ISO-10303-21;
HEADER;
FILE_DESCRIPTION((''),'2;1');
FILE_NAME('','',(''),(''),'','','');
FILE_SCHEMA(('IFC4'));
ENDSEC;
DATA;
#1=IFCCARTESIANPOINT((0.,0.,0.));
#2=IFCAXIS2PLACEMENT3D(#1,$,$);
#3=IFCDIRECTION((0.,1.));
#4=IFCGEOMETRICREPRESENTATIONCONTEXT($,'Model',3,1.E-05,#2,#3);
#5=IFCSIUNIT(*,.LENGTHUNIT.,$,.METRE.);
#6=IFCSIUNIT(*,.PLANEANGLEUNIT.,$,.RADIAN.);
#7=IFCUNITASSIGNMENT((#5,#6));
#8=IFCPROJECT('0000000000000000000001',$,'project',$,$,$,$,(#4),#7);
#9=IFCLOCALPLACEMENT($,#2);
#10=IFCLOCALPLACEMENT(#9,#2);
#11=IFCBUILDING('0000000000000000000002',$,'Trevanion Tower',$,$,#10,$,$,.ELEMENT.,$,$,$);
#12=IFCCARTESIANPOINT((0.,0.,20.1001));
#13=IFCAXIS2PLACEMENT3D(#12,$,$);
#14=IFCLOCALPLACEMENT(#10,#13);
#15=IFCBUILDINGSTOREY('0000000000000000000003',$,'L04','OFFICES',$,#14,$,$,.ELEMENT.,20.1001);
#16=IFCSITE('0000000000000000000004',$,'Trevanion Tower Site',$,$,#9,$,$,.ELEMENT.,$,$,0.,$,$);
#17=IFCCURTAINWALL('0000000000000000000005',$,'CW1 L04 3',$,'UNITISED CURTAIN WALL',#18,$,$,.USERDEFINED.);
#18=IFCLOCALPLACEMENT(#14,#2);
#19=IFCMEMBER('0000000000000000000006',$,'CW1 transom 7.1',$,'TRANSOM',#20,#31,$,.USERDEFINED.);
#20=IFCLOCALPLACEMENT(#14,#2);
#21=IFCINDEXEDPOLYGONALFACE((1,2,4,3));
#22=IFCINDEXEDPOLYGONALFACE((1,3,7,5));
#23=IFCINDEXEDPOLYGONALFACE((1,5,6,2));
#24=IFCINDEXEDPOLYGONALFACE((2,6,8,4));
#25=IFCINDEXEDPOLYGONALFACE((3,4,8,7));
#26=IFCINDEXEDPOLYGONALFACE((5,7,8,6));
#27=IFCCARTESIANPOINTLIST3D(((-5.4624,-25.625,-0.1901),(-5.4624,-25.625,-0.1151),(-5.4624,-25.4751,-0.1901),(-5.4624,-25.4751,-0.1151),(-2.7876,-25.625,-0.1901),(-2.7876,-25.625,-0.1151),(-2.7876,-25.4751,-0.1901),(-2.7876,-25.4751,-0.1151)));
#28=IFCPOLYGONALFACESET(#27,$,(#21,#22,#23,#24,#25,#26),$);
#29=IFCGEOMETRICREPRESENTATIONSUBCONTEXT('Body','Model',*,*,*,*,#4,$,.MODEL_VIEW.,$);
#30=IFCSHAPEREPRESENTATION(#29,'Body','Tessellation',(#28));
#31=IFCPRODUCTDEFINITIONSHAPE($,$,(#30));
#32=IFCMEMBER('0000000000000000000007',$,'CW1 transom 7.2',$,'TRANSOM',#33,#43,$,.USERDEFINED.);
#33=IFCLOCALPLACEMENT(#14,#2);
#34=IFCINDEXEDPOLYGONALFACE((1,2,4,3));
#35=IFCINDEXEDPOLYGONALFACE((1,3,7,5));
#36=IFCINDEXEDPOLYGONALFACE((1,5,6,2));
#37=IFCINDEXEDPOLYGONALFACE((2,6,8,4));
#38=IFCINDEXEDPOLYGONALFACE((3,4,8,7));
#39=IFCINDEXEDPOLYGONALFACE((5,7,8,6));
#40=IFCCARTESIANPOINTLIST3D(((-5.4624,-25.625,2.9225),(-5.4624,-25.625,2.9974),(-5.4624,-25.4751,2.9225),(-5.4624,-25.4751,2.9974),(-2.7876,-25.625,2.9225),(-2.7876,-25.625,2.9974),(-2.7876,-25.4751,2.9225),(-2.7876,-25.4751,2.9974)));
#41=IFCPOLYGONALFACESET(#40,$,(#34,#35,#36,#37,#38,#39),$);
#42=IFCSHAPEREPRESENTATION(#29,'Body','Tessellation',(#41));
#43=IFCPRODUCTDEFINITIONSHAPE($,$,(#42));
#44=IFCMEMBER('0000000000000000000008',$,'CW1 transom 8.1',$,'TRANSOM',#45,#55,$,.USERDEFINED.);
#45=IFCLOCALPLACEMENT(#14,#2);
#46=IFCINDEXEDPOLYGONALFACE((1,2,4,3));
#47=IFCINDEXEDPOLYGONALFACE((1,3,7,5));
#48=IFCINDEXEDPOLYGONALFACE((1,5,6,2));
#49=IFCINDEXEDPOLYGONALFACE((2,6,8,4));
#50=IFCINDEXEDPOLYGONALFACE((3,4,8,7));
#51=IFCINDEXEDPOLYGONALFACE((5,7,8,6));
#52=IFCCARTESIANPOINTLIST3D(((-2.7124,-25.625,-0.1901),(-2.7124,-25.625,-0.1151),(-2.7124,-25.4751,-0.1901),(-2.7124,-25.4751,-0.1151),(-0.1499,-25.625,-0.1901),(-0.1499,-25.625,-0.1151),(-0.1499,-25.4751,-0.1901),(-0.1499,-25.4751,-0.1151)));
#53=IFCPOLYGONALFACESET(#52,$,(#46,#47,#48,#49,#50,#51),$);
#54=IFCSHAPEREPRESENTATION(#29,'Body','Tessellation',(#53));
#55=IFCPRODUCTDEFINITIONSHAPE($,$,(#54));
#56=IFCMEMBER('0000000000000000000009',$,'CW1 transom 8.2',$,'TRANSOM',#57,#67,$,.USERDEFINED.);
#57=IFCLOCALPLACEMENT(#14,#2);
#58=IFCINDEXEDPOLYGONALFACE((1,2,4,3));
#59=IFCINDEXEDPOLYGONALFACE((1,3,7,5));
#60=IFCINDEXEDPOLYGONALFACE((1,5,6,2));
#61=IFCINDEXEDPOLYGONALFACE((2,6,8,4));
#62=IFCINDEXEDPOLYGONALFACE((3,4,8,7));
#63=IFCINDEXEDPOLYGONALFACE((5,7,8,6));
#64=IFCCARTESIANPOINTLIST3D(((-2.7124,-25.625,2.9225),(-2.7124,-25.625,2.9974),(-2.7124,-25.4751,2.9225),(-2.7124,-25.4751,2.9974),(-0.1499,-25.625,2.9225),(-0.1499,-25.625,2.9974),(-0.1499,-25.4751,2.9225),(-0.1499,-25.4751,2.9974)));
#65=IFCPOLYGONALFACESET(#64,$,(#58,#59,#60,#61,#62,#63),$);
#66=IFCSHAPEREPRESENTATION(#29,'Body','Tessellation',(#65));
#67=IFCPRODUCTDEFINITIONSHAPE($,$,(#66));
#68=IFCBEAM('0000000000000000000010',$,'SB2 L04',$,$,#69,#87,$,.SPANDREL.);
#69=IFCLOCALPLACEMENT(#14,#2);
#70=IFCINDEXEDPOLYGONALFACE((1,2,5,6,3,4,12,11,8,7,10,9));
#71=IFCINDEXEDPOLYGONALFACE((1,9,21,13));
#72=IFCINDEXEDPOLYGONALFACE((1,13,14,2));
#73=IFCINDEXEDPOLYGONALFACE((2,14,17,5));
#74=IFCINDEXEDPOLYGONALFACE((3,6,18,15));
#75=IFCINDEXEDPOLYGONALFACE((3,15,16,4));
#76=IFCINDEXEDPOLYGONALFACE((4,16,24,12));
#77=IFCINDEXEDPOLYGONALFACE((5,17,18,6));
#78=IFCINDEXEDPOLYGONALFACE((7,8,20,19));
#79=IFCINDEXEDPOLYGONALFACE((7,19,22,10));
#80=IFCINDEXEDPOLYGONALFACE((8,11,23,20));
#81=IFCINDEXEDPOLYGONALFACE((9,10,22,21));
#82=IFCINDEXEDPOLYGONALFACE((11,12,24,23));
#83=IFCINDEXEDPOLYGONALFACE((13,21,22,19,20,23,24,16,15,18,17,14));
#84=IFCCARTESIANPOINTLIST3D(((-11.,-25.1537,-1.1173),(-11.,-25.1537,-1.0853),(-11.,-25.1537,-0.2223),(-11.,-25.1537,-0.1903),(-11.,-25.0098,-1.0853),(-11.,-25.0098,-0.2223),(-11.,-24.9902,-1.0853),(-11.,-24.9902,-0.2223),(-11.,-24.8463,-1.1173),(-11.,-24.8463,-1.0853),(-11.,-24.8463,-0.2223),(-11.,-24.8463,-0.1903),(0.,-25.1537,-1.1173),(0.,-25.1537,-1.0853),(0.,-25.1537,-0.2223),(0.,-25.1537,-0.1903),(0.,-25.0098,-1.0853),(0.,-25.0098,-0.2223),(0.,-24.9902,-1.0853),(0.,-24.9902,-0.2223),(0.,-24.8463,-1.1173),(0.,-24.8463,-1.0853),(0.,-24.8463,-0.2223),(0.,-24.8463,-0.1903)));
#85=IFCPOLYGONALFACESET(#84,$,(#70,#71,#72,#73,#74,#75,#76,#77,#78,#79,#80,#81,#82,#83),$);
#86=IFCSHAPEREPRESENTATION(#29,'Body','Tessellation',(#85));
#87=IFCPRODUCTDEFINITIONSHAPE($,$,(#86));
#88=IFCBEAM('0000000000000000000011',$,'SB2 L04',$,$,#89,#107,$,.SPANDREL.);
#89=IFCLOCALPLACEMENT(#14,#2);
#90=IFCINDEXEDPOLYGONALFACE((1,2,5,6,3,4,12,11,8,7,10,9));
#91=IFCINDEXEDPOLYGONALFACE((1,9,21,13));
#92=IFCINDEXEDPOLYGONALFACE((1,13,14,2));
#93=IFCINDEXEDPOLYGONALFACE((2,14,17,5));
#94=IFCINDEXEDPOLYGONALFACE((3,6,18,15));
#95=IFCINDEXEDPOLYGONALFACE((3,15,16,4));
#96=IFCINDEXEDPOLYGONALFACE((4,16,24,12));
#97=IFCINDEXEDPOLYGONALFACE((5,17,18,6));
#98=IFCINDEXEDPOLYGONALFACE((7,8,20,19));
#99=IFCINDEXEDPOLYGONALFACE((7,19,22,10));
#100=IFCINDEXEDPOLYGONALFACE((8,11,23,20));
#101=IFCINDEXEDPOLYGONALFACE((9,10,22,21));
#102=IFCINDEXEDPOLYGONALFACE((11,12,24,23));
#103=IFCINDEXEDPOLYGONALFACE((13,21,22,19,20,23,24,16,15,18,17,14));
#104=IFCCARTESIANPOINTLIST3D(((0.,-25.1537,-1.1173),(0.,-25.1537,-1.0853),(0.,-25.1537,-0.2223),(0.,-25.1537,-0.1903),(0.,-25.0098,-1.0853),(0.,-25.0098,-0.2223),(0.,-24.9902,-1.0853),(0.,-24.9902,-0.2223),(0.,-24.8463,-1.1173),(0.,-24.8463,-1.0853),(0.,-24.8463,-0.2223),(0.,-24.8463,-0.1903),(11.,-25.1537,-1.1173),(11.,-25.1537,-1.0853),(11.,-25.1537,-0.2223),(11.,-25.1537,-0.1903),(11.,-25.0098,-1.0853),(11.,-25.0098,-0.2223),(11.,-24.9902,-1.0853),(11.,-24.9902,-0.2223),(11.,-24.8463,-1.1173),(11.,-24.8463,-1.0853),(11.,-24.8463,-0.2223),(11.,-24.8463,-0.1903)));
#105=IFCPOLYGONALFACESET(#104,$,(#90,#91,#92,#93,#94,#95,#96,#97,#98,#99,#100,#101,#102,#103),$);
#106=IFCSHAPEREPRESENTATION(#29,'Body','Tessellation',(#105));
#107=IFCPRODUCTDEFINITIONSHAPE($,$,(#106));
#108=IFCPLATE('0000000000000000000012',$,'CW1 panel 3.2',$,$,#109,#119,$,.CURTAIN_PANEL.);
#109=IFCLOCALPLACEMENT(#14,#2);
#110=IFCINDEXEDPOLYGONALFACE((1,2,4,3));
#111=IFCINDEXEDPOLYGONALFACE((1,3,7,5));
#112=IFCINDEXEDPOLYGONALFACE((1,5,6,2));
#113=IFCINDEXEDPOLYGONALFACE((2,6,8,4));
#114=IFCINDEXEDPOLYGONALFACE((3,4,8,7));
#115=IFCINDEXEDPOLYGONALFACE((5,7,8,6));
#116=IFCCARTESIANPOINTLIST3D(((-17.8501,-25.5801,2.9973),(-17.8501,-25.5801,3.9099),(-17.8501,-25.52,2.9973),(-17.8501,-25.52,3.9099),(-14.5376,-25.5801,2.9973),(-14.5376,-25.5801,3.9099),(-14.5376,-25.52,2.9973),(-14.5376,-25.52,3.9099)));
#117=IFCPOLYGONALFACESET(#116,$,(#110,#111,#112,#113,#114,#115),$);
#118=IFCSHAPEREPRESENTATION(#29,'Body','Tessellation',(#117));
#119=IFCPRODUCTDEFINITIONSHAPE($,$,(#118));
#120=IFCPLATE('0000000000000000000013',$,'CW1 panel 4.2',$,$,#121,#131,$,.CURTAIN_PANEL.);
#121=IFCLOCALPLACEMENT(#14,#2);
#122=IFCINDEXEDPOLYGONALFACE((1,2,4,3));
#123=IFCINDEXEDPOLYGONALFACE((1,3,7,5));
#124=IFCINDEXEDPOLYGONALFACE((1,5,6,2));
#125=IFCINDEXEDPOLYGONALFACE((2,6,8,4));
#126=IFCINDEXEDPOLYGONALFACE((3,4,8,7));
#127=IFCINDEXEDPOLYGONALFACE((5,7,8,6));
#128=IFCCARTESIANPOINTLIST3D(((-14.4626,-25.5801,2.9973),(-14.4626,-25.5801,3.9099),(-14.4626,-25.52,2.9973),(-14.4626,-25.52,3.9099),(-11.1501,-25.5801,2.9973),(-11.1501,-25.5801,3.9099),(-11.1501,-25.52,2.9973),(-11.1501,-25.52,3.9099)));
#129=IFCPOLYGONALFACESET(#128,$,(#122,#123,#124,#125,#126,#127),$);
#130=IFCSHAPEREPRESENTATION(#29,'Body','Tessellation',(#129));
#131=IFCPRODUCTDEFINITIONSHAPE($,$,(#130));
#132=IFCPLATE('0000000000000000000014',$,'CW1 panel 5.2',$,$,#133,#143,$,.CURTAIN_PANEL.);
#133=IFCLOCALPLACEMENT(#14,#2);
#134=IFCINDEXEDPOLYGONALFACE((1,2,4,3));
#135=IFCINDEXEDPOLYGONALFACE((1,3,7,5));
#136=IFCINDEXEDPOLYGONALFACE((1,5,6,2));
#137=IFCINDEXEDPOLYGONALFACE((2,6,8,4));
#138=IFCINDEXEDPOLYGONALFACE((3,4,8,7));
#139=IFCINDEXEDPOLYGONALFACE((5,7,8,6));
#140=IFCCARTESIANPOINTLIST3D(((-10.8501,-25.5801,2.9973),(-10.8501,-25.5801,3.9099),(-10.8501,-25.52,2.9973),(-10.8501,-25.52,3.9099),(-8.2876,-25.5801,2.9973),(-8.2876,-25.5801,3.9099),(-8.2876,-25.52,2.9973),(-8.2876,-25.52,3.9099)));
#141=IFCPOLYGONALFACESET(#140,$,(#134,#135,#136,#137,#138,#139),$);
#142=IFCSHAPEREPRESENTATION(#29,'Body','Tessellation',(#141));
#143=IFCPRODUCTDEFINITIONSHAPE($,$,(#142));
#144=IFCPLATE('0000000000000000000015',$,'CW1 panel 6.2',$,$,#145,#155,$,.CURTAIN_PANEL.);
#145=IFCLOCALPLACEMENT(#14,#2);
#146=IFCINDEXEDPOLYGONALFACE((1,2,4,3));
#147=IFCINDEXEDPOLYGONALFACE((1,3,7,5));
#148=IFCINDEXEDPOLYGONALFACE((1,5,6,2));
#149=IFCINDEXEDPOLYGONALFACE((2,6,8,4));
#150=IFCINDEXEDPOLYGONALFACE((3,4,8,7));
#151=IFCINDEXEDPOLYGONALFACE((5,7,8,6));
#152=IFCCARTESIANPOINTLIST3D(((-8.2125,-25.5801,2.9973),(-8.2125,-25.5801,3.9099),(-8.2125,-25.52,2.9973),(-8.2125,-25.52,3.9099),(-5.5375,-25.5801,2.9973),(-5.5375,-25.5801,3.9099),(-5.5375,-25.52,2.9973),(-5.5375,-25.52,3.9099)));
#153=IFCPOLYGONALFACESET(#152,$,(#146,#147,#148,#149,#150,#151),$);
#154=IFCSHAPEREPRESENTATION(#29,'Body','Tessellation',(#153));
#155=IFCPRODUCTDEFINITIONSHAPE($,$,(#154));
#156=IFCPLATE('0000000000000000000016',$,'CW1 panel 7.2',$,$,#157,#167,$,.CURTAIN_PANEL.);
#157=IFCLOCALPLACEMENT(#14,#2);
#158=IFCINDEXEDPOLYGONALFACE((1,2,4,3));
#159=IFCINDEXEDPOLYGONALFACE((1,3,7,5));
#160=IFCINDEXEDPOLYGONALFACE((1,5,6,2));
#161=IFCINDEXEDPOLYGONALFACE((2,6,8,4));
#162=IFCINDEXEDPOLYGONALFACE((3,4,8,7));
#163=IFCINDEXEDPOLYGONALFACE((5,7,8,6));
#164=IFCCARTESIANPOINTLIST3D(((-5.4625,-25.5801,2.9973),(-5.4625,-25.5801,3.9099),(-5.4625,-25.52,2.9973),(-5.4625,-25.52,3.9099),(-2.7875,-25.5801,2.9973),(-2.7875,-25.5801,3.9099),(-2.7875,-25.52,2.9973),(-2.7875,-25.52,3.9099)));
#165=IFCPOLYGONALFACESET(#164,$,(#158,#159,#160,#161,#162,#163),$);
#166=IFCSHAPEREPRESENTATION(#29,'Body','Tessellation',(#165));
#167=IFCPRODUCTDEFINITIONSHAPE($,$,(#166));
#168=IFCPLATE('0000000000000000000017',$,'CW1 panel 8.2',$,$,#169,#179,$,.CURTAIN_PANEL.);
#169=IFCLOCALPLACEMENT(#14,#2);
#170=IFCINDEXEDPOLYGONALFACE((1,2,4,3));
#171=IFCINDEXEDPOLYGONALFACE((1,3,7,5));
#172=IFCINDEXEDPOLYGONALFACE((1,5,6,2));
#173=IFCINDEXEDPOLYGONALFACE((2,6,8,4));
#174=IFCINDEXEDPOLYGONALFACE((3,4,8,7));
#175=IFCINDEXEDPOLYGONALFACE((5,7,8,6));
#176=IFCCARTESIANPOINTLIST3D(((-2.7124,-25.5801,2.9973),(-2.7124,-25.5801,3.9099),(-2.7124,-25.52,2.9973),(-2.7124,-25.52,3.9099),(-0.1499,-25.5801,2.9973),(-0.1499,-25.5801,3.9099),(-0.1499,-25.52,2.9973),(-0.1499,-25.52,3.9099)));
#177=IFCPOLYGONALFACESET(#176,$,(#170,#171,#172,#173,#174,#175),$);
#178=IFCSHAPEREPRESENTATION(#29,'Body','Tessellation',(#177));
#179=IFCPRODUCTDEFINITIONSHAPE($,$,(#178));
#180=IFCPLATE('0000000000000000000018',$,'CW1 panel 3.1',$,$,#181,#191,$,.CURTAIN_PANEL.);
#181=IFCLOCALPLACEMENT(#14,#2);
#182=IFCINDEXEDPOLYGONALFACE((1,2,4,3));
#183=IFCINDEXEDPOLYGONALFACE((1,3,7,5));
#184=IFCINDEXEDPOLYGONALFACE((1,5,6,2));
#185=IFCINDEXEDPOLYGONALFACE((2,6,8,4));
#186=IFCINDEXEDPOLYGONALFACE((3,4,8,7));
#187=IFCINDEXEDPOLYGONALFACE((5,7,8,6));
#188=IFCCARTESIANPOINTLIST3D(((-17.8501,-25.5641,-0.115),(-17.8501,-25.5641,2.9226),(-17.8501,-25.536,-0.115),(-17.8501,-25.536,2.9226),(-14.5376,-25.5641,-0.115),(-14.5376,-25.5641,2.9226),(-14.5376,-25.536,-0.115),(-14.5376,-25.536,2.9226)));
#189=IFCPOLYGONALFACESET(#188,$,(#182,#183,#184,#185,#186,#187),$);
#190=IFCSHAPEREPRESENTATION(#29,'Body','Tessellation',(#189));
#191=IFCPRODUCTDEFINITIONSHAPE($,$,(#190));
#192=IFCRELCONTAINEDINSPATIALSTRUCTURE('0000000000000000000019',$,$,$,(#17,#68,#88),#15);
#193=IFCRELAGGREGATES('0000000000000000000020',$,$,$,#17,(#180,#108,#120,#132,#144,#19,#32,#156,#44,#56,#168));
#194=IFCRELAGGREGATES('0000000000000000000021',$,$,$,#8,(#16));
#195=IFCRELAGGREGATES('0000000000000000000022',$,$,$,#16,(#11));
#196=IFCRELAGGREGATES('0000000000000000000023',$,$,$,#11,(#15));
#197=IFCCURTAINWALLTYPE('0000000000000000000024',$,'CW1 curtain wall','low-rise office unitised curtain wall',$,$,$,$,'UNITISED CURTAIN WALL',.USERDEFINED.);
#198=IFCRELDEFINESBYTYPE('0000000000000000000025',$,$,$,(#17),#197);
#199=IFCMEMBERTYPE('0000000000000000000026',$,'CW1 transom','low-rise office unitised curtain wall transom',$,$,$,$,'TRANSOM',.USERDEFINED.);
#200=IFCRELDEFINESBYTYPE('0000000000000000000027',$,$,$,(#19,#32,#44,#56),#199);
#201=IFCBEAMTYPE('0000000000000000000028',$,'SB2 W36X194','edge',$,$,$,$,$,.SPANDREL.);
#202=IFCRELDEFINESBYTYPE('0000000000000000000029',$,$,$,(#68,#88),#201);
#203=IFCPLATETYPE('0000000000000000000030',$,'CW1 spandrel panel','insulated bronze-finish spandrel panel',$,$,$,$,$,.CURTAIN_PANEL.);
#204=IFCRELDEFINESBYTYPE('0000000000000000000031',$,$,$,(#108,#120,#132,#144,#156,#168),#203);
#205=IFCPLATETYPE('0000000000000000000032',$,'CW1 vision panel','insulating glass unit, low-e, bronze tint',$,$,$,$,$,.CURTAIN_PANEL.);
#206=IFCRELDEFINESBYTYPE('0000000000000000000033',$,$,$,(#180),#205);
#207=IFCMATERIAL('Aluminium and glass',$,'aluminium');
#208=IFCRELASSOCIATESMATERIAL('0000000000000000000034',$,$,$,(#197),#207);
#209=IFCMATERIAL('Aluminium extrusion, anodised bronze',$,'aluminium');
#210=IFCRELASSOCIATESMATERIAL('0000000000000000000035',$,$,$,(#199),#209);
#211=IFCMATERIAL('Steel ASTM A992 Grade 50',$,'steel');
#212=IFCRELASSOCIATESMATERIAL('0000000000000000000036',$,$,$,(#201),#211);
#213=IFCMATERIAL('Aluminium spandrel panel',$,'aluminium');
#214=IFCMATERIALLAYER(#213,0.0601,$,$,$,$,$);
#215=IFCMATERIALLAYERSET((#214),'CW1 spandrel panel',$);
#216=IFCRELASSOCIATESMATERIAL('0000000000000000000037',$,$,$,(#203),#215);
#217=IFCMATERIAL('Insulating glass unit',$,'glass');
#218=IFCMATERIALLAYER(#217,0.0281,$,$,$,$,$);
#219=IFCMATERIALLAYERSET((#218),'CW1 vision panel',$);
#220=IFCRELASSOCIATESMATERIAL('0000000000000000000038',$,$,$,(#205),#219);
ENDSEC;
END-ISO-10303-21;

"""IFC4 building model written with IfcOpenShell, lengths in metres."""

from ifc_helpers import new_model, si_unit, direction, frame, origin, origin_2d, place, context, subcontext, project, spatial, rectangle, i_section, extrude, material, layer, layer_set, material_profile, profile_set, type_object, element, aggregate, save


model = new_model("IFC4")

# Units and contexts
model_context = context("Model", 3, precision=1e-05, world=origin(), true_north=direction((0.0, 1.0)))
body_context = subcontext(model_context, "Body", "Model", "MODEL_VIEW")
ifc_project = project(units=[si_unit("LENGTHUNIT", "METRE"), si_unit("PLANEANGLEUNIT", "RADIAN")], contexts=[model_context])

# Site, building, storey
site_placement = place(None, origin())
site = spatial("IfcSite", under=ifc_project, at=site_placement, Name="Trevanion Tower Site", CompositionType="ELEMENT", RefElevation=0.0)
building_placement = place(site_placement, origin())
building = spatial("IfcBuilding", under=site, at=building_placement, Name="Trevanion Tower", CompositionType="ELEMENT")
storey_placement = place(building_placement, frame((0.0, 0.0, 20.1001)))
storey = spatial("IfcBuildingStorey", under=building, at=storey_placement, Name="L04", Description="OFFICES", CompositionType="ELEMENT", Elevation=20.1001)

# Curtain wall, members
ifc_material_1 = material(Name="Aluminium and glass", Category="aluminium")
curtain_wall_type = type_object("IfcCurtainWallType", Name="CW1 curtain wall", Description="low-rise office unitised curtain wall", ElementType="UNITISED CURTAIN WALL", PredefinedType="USERDEFINED", material=ifc_material_1)
curtain_wall_placement = place(storey_placement, origin())
curtain_wall = element("IfcCurtainWall", 1, at=curtain_wall_placement, inside=storey, type_object=curtain_wall_type, Name="CW1 L04 3", ObjectType="UNITISED CURTAIN WALL", PredefinedType="USERDEFINED")
ifc_material_2 = material(Name="Aluminium extrusion, anodised bronze", Category="aluminium")
ifc_material_profile_1 = material_profile(ifc_material_2, rectangle(XDim=0.1499, YDim=0.075, at=origin_2d()), Name="CW1 transom")
ifc_profile_set_1 = profile_set([ifc_material_profile_1], Name="Aluminium extrusion, anodised bronze")
member_type_1 = type_object("IfcMemberType", Name="CW1 transom", Description="low-rise office unitised curtain wall transom", ElementType="TRANSOM", PredefinedType="USERDEFINED", material=ifc_profile_set_1)
member_1_placement = place(storey_placement, frame((-5.4624, -25.55, -0.1526), z_axis=(1.0, 0.0, 0.0), x_axis=(0.0, 1.0, 0.0)))
member_1 = element("IfcMember", 2, at=member_1_placement, type_object=member_type_1, Name="CW1 transom 7.1", ObjectType="TRANSOM", PredefinedType="USERDEFINED", context=body_context, shape_type="SweptSolid", body=[
    extrude(rectangle(XDim=0.1499, YDim=0.075, at=origin_2d()), origin(), (0.0, 0.0, 1.0), 2.6748),
])
member_2_placement = place(storey_placement, frame((-5.4624, -25.55, 2.96), z_axis=(1.0, 0.0, 0.0), x_axis=(0.0, 1.0, 0.0)))
member_2 = element("IfcMember", 3, at=member_2_placement, type_object=member_type_1, Name="CW1 transom 7.2", ObjectType="TRANSOM", PredefinedType="USERDEFINED", context=body_context, shape_type="SweptSolid", body=[
    extrude(rectangle(XDim=0.1499, YDim=0.075, at=origin_2d()), origin(), (0.0, 0.0, 1.0), 2.6748),
])
member_3_placement = place(storey_placement, frame((-2.7124, -25.55, -0.1526), z_axis=(1.0, 0.0, 0.0), x_axis=(0.0, 1.0, 0.0)))
member_3 = element("IfcMember", 4, at=member_3_placement, type_object=member_type_1, Name="CW1 transom 8.1", ObjectType="TRANSOM", PredefinedType="USERDEFINED", context=body_context, shape_type="SweptSolid", body=[
    extrude(rectangle(XDim=0.1499, YDim=0.075, at=origin_2d()), origin(), (0.0, 0.0, 1.0), 2.5625),
])
member_4_placement = place(storey_placement, frame((-2.7124, -25.55, 2.96), z_axis=(1.0, 0.0, 0.0), x_axis=(0.0, 1.0, 0.0)))
member_4 = element("IfcMember", 5, at=member_4_placement, type_object=member_type_1, Name="CW1 transom 8.2", ObjectType="TRANSOM", PredefinedType="USERDEFINED", context=body_context, shape_type="SweptSolid", body=[
    extrude(rectangle(XDim=0.1499, YDim=0.075, at=origin_2d()), origin(), (0.0, 0.0, 1.0), 2.5625),
])

# Beams
ifc_material_3 = material(Name="Steel ASTM A992 Grade 50", Category="steel")
ifc_material_profile_2 = material_profile(ifc_material_3, i_section(OverallWidth=0.3074, OverallDepth=0.927, WebThickness=0.0195, FlangeThickness=0.032, at=origin_2d()), Name="W36X194")
ifc_profile_set_2 = profile_set([ifc_material_profile_2], Name="Steel ASTM A992 Grade 50")
beam_type = type_object("IfcBeamType", Name="SB2 W36X194", Description="edge", PredefinedType="SPANDREL", material=ifc_profile_set_2)
for number, where, z_axis, x_axis, name in (
    (6, (-11.0, -25.0, -0.6538), (1.0, 0.0, 0.0), (0.0, 1.0, 0.0), "SB2 L04"),
    (7, (0.0, -25.0, -0.6538), (1.0, 0.0, 0.0), (0.0, 1.0, 0.0), "SB2 L04"),
):
    element("IfcBeam", number, at=place(storey_placement, frame(where, z_axis=z_axis, x_axis=x_axis)), inside=storey, type_object=beam_type, Name=name, PredefinedType="SPANDREL", context=body_context, shape_type="SweptSolid", body=[
        extrude(i_section(OverallWidth=0.3074, OverallDepth=0.927, WebThickness=0.0195, FlangeThickness=0.032, at=origin_2d()), origin(), (0.0, 0.0, 1.0), 11.0),
    ])

# Plates
ifc_material_4 = material(Name="Aluminium spandrel panel", Category="aluminium")
ifc_layer_1 = layer(ifc_material_4, 0.0601)
ifc_layer_set_1 = layer_set([ifc_layer_1], Name="CW1 spandrel panel")
plate_type_1 = type_object("IfcPlateType", Name="CW1 spandrel panel", Description="insulated bronze-finish spandrel panel", PredefinedType="CURTAIN_PANEL", material=ifc_layer_set_1)
plate_1_placement = place(storey_placement, frame((-16.1938, -25.55, 2.9973), z_axis=(0.0, 0.0, 1.0), x_axis=(1.0, 0.0, 0.0)))
plate_1 = element("IfcPlate", 8, at=plate_1_placement, type_object=plate_type_1, Name="CW1 panel 3.2", PredefinedType="CURTAIN_PANEL", context=body_context, shape_type="SweptSolid", body=[
    extrude(rectangle(XDim=3.3125, YDim=0.0601, at=origin_2d()), origin(), (0.0, 0.0, 1.0), 0.9126),
])
plate_2_placement = place(storey_placement, frame((-12.8064, -25.55, 2.9973), z_axis=(0.0, 0.0, 1.0), x_axis=(1.0, 0.0, 0.0)))
plate_2 = element("IfcPlate", 9, at=plate_2_placement, type_object=plate_type_1, Name="CW1 panel 4.2", PredefinedType="CURTAIN_PANEL", context=body_context, shape_type="SweptSolid", body=[
    extrude(rectangle(XDim=3.3125, YDim=0.0601, at=origin_2d()), origin(), (0.0, 0.0, 1.0), 0.9126),
])
plate_3_placement = place(storey_placement, frame((-9.5688, -25.55, 2.9973), z_axis=(0.0, 0.0, 1.0), x_axis=(1.0, 0.0, 0.0)))
plate_3 = element("IfcPlate", 10, at=plate_3_placement, type_object=plate_type_1, Name="CW1 panel 5.2", PredefinedType="CURTAIN_PANEL", context=body_context, shape_type="SweptSolid", body=[
    extrude(rectangle(XDim=2.5625, YDim=0.0601, at=origin_2d()), origin(), (0.0, 0.0, 1.0), 0.9126),
])
plate_4_placement = place(storey_placement, frame((-6.875, -25.55, 2.9973), z_axis=(0.0, 0.0, 1.0), x_axis=(1.0, 0.0, 0.0)))
plate_4 = element("IfcPlate", 11, at=plate_4_placement, type_object=plate_type_1, Name="CW1 panel 6.2", PredefinedType="CURTAIN_PANEL", context=body_context, shape_type="SweptSolid", body=[
    extrude(rectangle(XDim=2.675, YDim=0.0601, at=origin_2d()), origin(), (0.0, 0.0, 1.0), 0.9126),
])
plate_5_placement = place(storey_placement, frame((-4.125, -25.55, 2.9973), z_axis=(0.0, 0.0, 1.0), x_axis=(1.0, 0.0, 0.0)))
plate_5 = element("IfcPlate", 12, at=plate_5_placement, type_object=plate_type_1, Name="CW1 panel 7.2", PredefinedType="CURTAIN_PANEL", context=body_context, shape_type="SweptSolid", body=[
    extrude(rectangle(XDim=2.675, YDim=0.0601, at=origin_2d()), origin(), (0.0, 0.0, 1.0), 0.9126),
])
plate_6_placement = place(storey_placement, frame((-1.4312, -25.55, 2.9973), z_axis=(0.0, 0.0, 1.0), x_axis=(1.0, 0.0, 0.0)))
plate_6 = element("IfcPlate", 13, at=plate_6_placement, type_object=plate_type_1, Name="CW1 panel 8.2", PredefinedType="CURTAIN_PANEL", context=body_context, shape_type="SweptSolid", body=[
    extrude(rectangle(XDim=2.5625, YDim=0.0601, at=origin_2d()), origin(), (0.0, 0.0, 1.0), 0.9126),
])
ifc_material_5 = material(Name="Insulating glass unit", Category="glass")
ifc_layer_2 = layer(ifc_material_5, 0.0281)
ifc_layer_set_2 = layer_set([ifc_layer_2], Name="CW1 vision panel")
plate_type_2 = type_object("IfcPlateType", Name="CW1 vision panel", Description="insulating glass unit, low-e, bronze tint", PredefinedType="CURTAIN_PANEL", material=ifc_layer_set_2)
plate_7_placement = place(storey_placement, frame((-16.1938, -25.55, -0.115), z_axis=(0.0, 0.0, 1.0), x_axis=(1.0, 0.0, 0.0)))
plate_7 = element("IfcPlate", 14, at=plate_7_placement, type_object=plate_type_2, Name="CW1 panel 3.1", PredefinedType="CURTAIN_PANEL", context=body_context, shape_type="SweptSolid", body=[
    extrude(rectangle(XDim=3.3125, YDim=0.0281, at=origin_2d()), origin(), (0.0, 0.0, 1.0), 3.0376),
])
aggregate(curtain_wall, [plate_7, plate_1, plate_2, plate_3, plate_4, member_1, member_2, plate_5, member_3, member_4, plate_6])

save(model, "model.ifc")
